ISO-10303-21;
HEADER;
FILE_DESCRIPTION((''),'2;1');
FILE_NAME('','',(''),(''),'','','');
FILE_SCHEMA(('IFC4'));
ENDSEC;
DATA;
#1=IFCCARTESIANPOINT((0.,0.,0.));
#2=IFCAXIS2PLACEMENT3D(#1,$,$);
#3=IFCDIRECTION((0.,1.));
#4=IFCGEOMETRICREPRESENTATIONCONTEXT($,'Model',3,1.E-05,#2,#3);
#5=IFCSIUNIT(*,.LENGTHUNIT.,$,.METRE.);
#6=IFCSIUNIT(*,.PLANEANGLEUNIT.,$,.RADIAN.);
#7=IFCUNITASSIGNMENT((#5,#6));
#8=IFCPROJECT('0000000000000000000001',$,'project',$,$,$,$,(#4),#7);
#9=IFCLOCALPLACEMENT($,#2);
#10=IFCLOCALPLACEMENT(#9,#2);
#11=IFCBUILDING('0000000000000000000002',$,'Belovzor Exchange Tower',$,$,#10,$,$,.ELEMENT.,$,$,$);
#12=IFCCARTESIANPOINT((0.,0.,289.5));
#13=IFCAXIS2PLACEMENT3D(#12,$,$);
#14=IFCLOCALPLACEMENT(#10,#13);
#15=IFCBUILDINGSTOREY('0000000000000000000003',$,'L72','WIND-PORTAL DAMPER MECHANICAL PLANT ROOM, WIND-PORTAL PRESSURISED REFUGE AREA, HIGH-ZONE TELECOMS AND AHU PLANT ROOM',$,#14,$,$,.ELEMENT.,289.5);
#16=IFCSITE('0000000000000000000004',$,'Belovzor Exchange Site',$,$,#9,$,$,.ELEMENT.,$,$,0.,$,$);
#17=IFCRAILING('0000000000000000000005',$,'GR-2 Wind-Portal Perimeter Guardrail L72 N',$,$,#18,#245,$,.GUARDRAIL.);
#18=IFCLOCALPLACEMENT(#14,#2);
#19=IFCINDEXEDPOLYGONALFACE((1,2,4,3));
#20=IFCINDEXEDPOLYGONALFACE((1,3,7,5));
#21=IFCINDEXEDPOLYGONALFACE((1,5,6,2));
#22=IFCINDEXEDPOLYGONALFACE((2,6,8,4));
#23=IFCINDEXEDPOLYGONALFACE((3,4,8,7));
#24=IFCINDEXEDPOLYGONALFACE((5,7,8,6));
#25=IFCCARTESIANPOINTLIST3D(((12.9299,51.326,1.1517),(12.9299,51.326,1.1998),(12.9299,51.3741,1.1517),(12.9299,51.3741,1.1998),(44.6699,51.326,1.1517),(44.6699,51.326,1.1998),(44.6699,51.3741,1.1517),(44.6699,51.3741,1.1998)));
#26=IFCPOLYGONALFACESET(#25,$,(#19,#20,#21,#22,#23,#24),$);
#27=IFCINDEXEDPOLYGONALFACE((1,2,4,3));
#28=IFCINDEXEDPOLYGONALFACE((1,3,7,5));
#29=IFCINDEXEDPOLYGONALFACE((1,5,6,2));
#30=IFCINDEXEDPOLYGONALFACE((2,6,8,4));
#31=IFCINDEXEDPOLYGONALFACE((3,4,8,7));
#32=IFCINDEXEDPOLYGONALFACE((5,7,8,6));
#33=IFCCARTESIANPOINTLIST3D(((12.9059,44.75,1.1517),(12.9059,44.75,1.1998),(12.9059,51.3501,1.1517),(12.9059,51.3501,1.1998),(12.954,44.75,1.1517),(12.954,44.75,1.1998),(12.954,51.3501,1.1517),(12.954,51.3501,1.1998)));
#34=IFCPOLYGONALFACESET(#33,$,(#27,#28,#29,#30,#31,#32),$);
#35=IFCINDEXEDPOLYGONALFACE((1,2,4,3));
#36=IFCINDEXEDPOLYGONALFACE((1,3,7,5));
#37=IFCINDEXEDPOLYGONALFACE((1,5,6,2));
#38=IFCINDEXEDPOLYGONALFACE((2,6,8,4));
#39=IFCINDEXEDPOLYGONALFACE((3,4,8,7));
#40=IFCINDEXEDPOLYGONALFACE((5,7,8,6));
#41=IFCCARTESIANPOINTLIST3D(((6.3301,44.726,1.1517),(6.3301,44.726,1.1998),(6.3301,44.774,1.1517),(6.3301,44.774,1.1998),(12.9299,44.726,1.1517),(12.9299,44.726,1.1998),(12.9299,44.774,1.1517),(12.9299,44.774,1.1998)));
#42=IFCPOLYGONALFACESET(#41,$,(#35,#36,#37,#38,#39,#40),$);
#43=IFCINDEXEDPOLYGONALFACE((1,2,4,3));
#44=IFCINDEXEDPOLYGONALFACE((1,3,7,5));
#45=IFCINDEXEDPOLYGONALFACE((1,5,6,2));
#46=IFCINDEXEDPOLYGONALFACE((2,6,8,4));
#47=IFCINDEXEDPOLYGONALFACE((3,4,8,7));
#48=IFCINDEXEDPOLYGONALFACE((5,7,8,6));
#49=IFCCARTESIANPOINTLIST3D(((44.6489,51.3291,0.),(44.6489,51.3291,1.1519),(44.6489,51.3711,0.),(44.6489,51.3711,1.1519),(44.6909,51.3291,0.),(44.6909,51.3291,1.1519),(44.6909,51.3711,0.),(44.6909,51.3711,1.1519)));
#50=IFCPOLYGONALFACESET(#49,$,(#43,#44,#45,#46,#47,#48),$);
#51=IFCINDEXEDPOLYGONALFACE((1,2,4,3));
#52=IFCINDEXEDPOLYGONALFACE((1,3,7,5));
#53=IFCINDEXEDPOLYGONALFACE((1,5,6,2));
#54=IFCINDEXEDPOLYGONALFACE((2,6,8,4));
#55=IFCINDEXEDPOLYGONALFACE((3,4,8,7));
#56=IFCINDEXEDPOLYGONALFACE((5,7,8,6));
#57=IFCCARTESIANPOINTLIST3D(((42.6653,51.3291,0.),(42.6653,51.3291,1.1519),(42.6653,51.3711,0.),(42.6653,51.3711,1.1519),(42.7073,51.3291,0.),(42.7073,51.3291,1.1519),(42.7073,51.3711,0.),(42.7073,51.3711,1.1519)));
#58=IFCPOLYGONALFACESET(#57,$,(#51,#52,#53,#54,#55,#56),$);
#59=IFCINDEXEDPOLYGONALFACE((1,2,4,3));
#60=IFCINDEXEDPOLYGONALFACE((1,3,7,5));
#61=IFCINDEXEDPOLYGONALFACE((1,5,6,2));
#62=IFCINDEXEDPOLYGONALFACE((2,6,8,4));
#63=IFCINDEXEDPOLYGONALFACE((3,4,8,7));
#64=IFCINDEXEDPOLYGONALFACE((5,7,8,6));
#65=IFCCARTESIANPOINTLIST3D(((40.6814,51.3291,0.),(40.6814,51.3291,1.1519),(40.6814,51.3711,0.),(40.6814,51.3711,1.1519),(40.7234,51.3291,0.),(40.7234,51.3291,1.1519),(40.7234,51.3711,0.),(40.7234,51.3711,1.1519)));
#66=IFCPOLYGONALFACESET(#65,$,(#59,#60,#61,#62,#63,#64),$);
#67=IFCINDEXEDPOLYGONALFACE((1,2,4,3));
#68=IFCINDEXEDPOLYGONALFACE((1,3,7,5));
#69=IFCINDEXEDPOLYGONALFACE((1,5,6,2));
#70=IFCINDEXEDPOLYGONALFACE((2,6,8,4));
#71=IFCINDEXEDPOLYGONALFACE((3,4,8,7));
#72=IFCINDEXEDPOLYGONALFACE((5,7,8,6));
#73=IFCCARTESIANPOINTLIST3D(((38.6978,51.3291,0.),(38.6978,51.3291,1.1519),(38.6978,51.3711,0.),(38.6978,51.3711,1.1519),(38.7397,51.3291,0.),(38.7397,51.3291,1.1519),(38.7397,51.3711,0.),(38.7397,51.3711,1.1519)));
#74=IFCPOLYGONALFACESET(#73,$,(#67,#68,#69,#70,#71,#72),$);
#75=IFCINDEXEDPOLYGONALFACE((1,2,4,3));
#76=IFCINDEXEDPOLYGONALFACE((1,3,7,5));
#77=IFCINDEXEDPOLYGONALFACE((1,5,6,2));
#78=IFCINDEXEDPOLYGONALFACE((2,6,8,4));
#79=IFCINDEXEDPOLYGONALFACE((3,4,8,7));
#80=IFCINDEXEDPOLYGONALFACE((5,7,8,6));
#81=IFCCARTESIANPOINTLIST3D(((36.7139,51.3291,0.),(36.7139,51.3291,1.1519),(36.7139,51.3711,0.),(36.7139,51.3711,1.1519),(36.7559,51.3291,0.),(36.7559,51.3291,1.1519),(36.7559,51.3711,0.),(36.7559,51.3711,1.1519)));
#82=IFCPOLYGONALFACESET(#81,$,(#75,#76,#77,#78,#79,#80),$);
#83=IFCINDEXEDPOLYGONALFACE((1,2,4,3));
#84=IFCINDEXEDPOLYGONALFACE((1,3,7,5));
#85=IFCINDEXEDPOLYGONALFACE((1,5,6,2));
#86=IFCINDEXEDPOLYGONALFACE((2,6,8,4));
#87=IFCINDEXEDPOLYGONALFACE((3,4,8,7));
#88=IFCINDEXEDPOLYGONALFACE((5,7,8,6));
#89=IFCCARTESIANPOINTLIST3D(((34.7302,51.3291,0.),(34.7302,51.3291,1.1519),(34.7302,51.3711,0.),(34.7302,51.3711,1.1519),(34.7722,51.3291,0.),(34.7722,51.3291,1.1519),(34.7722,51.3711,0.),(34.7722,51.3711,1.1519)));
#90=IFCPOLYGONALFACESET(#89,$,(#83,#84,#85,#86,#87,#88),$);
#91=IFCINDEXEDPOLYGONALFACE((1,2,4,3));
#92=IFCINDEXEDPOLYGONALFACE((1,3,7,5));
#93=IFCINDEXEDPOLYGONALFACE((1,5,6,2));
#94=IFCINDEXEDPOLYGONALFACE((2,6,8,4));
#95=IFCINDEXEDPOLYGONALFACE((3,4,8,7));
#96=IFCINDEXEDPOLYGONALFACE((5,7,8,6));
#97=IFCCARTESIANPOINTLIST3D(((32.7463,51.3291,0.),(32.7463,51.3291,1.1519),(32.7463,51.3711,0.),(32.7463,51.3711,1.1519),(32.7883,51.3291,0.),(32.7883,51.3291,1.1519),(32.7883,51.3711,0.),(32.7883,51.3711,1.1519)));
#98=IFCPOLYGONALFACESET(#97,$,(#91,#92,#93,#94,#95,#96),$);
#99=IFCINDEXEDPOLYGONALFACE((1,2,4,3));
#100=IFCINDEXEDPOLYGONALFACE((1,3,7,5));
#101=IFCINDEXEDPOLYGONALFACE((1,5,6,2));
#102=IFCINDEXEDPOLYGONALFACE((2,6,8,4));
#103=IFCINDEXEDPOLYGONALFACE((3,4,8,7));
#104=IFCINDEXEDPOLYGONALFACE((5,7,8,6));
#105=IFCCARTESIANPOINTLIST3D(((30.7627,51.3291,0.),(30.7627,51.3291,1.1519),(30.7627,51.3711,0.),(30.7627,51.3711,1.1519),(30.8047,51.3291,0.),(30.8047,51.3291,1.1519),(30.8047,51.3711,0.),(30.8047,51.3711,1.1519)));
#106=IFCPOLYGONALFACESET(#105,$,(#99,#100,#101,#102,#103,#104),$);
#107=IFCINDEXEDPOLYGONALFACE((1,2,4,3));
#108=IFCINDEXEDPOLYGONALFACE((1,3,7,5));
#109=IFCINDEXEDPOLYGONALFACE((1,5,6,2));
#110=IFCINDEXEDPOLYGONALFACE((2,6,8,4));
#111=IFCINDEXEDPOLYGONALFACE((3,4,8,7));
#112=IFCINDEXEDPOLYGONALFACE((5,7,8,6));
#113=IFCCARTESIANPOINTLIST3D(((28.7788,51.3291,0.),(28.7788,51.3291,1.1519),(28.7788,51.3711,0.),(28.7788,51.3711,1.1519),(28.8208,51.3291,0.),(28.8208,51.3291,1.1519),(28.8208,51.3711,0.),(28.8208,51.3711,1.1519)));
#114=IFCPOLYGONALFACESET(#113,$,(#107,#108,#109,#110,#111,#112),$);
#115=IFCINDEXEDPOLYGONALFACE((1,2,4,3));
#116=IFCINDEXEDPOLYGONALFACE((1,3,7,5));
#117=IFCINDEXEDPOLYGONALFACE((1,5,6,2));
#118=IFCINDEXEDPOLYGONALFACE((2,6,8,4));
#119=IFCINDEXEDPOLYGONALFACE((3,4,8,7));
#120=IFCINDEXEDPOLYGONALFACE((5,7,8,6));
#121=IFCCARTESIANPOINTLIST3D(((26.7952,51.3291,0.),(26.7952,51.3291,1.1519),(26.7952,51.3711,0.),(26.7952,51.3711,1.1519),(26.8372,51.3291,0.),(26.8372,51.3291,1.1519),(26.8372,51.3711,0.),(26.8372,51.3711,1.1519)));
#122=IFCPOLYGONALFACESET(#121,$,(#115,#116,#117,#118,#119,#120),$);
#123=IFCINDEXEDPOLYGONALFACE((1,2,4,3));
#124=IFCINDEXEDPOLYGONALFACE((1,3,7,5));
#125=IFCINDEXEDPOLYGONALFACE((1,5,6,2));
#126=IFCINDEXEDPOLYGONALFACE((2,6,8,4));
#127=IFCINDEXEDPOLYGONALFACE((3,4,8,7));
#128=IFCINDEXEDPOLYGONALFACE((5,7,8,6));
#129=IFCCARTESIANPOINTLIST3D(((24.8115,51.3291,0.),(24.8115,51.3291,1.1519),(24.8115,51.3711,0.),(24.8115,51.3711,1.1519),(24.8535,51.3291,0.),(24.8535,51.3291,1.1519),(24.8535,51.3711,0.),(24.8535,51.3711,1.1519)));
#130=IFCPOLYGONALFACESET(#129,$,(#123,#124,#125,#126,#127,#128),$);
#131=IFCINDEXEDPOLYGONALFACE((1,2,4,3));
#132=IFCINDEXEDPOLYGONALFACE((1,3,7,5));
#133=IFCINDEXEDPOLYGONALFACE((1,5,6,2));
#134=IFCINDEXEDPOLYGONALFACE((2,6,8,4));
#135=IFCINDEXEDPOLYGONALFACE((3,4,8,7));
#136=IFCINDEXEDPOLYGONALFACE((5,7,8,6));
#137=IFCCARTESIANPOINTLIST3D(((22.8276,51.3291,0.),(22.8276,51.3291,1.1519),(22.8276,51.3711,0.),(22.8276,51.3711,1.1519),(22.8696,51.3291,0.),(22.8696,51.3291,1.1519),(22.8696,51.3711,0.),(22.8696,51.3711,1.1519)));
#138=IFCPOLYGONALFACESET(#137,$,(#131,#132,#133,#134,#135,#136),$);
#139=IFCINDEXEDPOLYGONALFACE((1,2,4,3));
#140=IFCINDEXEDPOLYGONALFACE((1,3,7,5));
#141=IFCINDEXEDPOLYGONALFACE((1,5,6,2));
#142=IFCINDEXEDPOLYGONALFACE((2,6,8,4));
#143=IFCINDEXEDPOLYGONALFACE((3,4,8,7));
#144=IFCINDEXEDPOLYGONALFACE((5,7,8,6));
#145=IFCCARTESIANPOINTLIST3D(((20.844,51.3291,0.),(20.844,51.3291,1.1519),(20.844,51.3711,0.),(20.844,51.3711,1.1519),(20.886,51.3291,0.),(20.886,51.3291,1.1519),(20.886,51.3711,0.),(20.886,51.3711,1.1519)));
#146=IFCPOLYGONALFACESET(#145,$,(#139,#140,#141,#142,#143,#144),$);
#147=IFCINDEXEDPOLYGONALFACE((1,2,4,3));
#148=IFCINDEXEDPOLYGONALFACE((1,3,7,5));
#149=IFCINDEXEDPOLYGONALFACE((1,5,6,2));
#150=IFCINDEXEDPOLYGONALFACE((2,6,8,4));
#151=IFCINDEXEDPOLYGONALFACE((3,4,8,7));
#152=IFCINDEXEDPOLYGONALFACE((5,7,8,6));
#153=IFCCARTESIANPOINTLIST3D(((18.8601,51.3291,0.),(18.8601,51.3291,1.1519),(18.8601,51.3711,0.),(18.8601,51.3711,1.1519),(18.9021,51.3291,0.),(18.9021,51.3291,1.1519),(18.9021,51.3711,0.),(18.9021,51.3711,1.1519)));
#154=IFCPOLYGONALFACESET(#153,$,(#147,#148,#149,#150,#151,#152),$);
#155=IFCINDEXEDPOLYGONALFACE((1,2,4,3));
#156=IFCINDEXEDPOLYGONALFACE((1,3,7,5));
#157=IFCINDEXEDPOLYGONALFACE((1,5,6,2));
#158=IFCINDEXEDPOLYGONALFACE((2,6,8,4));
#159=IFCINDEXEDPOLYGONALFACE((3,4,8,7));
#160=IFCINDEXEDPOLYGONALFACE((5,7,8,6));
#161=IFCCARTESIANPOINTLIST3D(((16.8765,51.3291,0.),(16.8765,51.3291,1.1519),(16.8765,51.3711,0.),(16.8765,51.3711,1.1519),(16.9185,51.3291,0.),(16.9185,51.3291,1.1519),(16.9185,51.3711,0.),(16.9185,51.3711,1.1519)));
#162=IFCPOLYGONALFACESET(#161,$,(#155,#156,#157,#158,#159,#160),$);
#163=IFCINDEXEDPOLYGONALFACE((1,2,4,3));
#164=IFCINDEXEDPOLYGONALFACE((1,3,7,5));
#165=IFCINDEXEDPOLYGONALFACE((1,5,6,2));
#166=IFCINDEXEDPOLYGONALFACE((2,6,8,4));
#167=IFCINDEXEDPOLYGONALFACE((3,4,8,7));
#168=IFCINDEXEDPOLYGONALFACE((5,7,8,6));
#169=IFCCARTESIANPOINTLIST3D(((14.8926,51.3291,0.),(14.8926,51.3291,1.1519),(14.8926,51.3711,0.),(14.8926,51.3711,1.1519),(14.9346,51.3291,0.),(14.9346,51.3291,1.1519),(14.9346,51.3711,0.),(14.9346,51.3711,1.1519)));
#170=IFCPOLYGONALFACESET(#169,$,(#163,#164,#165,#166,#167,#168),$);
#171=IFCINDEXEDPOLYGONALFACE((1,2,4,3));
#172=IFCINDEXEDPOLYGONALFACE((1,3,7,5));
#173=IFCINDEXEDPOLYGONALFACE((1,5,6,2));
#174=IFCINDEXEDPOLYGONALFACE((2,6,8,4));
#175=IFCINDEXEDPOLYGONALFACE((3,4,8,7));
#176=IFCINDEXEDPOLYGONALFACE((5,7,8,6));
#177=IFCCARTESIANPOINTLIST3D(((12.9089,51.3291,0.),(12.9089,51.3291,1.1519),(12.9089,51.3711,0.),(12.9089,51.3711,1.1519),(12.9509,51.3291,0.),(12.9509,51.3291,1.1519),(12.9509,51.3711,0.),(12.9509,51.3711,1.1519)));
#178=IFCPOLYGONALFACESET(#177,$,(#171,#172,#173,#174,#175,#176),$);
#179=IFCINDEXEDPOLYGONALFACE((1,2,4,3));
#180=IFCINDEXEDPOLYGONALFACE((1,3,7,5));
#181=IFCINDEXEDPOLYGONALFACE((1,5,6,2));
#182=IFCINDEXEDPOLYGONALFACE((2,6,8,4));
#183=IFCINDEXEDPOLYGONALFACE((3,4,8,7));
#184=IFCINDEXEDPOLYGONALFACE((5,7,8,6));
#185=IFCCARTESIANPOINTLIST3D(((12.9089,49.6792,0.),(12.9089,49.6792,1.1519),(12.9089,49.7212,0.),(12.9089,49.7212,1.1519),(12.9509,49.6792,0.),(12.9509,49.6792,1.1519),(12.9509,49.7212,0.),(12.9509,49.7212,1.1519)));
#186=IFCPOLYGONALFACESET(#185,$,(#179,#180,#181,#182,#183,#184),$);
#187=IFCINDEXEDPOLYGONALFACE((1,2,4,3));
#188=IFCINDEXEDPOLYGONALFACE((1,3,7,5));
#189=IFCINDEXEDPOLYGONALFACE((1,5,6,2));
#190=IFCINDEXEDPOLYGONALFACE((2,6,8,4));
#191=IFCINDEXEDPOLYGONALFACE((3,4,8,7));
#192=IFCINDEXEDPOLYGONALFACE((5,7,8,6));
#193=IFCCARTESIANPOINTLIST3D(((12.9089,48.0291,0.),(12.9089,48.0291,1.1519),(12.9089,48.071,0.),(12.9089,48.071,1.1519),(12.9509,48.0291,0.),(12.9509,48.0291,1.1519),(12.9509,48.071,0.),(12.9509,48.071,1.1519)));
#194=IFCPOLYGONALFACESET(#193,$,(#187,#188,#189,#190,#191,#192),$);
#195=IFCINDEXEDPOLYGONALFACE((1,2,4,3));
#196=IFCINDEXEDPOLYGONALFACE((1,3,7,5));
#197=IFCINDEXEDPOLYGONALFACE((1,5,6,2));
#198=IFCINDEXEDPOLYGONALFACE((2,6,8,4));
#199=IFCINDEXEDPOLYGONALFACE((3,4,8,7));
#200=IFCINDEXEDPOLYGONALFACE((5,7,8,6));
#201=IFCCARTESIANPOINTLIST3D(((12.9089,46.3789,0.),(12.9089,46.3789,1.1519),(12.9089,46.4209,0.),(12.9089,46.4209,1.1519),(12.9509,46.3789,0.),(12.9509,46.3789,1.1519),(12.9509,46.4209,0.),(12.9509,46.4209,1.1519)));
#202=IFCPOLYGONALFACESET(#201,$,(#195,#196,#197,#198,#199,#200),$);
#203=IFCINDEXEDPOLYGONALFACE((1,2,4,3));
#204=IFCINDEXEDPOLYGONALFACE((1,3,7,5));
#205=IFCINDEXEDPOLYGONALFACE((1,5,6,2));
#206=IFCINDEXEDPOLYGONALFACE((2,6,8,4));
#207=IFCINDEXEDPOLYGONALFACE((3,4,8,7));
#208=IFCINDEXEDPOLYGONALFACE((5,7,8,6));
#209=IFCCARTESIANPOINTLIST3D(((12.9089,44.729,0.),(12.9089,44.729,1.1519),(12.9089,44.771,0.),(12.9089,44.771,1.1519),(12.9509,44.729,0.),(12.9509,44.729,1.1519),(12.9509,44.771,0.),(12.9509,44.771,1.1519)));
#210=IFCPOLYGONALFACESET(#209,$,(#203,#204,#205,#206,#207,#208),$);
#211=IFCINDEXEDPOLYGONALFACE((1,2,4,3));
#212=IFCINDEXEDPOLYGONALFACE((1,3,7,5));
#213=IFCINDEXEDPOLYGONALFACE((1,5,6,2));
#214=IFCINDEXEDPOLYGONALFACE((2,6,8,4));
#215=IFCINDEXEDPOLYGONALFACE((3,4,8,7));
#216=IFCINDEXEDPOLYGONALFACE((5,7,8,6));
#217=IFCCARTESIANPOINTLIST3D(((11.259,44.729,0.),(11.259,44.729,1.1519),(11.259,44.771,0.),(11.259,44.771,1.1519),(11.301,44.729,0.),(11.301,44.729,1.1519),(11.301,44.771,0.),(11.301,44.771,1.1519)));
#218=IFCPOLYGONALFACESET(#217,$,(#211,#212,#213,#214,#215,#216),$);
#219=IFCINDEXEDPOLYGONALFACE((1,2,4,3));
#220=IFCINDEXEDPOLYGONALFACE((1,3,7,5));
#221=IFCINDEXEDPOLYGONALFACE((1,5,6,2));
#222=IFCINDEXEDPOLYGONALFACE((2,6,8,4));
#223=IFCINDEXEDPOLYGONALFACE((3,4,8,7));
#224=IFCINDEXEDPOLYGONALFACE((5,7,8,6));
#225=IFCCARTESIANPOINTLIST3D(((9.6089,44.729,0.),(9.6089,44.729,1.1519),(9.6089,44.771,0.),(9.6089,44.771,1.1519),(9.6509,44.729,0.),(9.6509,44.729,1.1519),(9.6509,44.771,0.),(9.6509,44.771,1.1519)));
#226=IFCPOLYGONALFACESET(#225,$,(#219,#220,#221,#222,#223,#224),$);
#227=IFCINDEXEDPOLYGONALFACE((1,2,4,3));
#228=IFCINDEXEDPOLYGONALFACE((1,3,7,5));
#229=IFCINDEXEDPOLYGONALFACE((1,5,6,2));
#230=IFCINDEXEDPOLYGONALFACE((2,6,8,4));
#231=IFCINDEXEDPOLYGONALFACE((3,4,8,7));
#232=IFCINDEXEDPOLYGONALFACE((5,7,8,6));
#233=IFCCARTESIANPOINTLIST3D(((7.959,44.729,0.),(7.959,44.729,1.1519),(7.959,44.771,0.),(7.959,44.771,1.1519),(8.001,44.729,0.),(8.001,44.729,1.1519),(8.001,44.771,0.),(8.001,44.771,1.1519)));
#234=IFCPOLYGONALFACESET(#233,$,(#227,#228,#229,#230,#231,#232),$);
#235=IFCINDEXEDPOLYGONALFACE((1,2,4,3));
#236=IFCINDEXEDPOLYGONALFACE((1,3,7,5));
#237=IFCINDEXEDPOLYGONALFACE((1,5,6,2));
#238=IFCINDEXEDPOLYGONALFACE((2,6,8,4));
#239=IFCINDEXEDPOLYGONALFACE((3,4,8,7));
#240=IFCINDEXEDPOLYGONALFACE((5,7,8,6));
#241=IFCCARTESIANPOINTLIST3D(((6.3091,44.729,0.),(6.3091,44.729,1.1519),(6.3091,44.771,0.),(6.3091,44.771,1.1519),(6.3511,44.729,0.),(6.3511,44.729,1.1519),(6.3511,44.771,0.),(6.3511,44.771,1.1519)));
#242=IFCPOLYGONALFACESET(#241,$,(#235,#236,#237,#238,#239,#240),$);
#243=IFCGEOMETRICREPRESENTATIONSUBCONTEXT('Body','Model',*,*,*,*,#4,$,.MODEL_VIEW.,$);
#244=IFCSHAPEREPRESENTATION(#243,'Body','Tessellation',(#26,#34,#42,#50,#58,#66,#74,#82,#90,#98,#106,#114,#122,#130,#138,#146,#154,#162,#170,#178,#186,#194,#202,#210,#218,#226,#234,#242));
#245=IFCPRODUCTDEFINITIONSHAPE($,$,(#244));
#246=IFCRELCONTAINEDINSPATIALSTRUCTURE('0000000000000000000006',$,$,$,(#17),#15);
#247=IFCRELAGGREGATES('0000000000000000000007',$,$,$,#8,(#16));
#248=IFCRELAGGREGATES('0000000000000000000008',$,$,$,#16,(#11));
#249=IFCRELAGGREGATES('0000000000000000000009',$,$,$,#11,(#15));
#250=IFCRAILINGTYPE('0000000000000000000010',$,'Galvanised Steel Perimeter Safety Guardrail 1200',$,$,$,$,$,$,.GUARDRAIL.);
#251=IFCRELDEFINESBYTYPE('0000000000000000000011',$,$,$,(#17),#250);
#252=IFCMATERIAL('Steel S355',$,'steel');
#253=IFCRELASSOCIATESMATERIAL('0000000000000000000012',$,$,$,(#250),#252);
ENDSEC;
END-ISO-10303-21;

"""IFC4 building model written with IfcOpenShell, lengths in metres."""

from ifc_helpers import new_model, si_unit, direction, frame, origin, origin_2d, place, context, subcontext, project, spatial, rectangle, extrude, material, type_object, element, save


model = new_model("IFC4")

# Units and contexts
model_context = context("Model", 3, precision=1e-05, world=origin(), true_north=direction((0.0, 1.0)))
body_context = subcontext(model_context, "Body", "Model", "MODEL_VIEW")
ifc_project = project(units=[si_unit("LENGTHUNIT", "METRE"), si_unit("PLANEANGLEUNIT", "RADIAN")], contexts=[model_context])

# Site, building, storey
site_placement = place(None, origin())
site = spatial("IfcSite", under=ifc_project, at=site_placement, Name="Belovzor Exchange Site", CompositionType="ELEMENT", RefElevation=0.0)
building_placement = place(site_placement, origin())
building = spatial("IfcBuilding", under=site, at=building_placement, Name="Belovzor Exchange Tower", CompositionType="ELEMENT")
storey_placement = place(building_placement, frame((0.0, 0.0, 289.5)))
storey = spatial("IfcBuildingStorey", under=building, at=storey_placement, Name="L72", Description="WIND-PORTAL DAMPER MECHANICAL PLANT ROOM, WIND-PORTAL PRESSURISED REFUGE AREA, HIGH-ZONE TELECOMS AND AHU PLANT ROOM", CompositionType="ELEMENT", Elevation=289.5)

# Railing
ifc_material_1 = material(Name="Steel S355", Category="steel")
railing_type_1 = type_object("IfcRailingType", Name="Galvanised Steel Perimeter Safety Guardrail 1200", PredefinedType="GUARDRAIL", material=ifc_material_1)
railing_1_placement = place(storey_placement, frame((44.6699, 51.3501, 0.0)))
element("IfcRailing", 1, at=railing_1_placement, inside=storey, type_object=railing_type_1, Name="GR-2 Wind-Portal Perimeter Guardrail L72 N", PredefinedType="GUARDRAIL", context=body_context, shape_type="SweptSolid", body=[
    extrude(rectangle(XDim=0.0481, YDim=0.0481, at=origin_2d()), frame((0.0, 0.0, 1.1758), z_axis=(-1.0, 0.0, 0.0), x_axis=(0.0, -1.0, 0.0)), (0.0, 0.0, 1.0), 31.74),
    extrude(rectangle(XDim=0.0481, YDim=0.0481, at=origin_2d()), frame((-31.74, 0.0, 1.1758), z_axis=(0.0, -1.0, 0.0), x_axis=(1.0, 0.0, 0.0)), (0.0, 0.0, 1.0), 6.6001),
    extrude(rectangle(XDim=0.0481, YDim=0.0481, at=origin_2d()), frame((-31.74, -6.6001, 1.1758), z_axis=(-1.0, 0.0, 0.0), x_axis=(0.0, -1.0, 0.0)), (0.0, 0.0, 1.0), 6.5999),
    extrude(rectangle(XDim=0.042, YDim=0.042, at=origin_2d()), origin(), (0.0, 0.0, 1.0), 1.1519),
    extrude(rectangle(XDim=0.042, YDim=0.042, at=origin_2d()), frame((-1.9836, 0.0, 0.0)), (0.0, 0.0, 1.0), 1.1519),
    extrude(rectangle(XDim=0.042, YDim=0.042, at=origin_2d()), frame((-3.9675, 0.0, 0.0)), (0.0, 0.0, 1.0), 1.1519),
    extrude(rectangle(XDim=0.042, YDim=0.042, at=origin_2d()), frame((-5.9512, 0.0, 0.0)), (0.0, 0.0, 1.0), 1.1519),
    extrude(rectangle(XDim=0.042, YDim=0.042, at=origin_2d()), frame((-7.9351, 0.0, 0.0)), (0.0, 0.0, 1.0), 1.1519),
    extrude(rectangle(XDim=0.042, YDim=0.042, at=origin_2d()), frame((-9.9187, 0.0, 0.0)), (0.0, 0.0, 1.0), 1.1519),
    extrude(rectangle(XDim=0.042, YDim=0.042, at=origin_2d()), frame((-11.9026, 0.0, 0.0)), (0.0, 0.0, 1.0), 1.1519),
    extrude(rectangle(XDim=0.042, YDim=0.042, at=origin_2d()), frame((-13.8862, 0.0, 0.0)), (0.0, 0.0, 1.0), 1.1519),
    extrude(rectangle(XDim=0.042, YDim=0.042, at=origin_2d()), frame((-15.8701, 0.0, 0.0)), (0.0, 0.0, 1.0), 1.1519),
    extrude(rectangle(XDim=0.042, YDim=0.042, at=origin_2d()), frame((-17.8538, 0.0, 0.0)), (0.0, 0.0, 1.0), 1.1519),
    extrude(rectangle(XDim=0.042, YDim=0.042, at=origin_2d()), frame((-19.8374, 0.0, 0.0)), (0.0, 0.0, 1.0), 1.1519),
    extrude(rectangle(XDim=0.042, YDim=0.042, at=origin_2d()), frame((-21.8213, 0.0, 0.0)), (0.0, 0.0, 1.0), 1.1519),
    extrude(rectangle(XDim=0.042, YDim=0.042, at=origin_2d()), frame((-23.8049, 0.0, 0.0)), (0.0, 0.0, 1.0), 1.1519),
    extrude(rectangle(XDim=0.042, YDim=0.042, at=origin_2d()), frame((-25.7888, 0.0, 0.0)), (0.0, 0.0, 1.0), 1.1519),
    extrude(rectangle(XDim=0.042, YDim=0.042, at=origin_2d()), frame((-27.7725, 0.0, 0.0)), (0.0, 0.0, 1.0), 1.1519),
    extrude(rectangle(XDim=0.042, YDim=0.042, at=origin_2d()), frame((-29.7563, 0.0, 0.0)), (0.0, 0.0, 1.0), 1.1519),
    extrude(rectangle(XDim=0.042, YDim=0.042, at=origin_2d()), frame((-31.74, 0.0, 0.0)), (0.0, 0.0, 1.0), 1.1519),
    extrude(rectangle(XDim=0.042, YDim=0.042, at=origin_2d()), frame((-31.74, -1.6499, 0.0)), (0.0, 0.0, 1.0), 1.1519),
    extrude(rectangle(XDim=0.042, YDim=0.042, at=origin_2d()), frame((-31.74, -3.3, 0.0)), (0.0, 0.0, 1.0), 1.1519),
    extrude(rectangle(XDim=0.042, YDim=0.042, at=origin_2d()), frame((-31.74, -4.9502, 0.0)), (0.0, 0.0, 1.0), 1.1519),
    extrude(rectangle(XDim=0.042, YDim=0.042, at=origin_2d()), frame((-31.74, -6.6001, 0.0)), (0.0, 0.0, 1.0), 1.1519),
    extrude(rectangle(XDim=0.042, YDim=0.042, at=origin_2d()), frame((-33.3899, -6.6001, 0.0)), (0.0, 0.0, 1.0), 1.1519),
    extrude(rectangle(XDim=0.042, YDim=0.042, at=origin_2d()), frame((-35.04, -6.6001, 0.0)), (0.0, 0.0, 1.0), 1.1519),
    extrude(rectangle(XDim=0.042, YDim=0.042, at=origin_2d()), frame((-36.6899, -6.6001, 0.0)), (0.0, 0.0, 1.0), 1.1519),
    extrude(rectangle(XDim=0.042, YDim=0.042, at=origin_2d()), frame((-38.3398, -6.6001, 0.0)), (0.0, 0.0, 1.0), 1.1519),
])

save(model, "model.ifc")
